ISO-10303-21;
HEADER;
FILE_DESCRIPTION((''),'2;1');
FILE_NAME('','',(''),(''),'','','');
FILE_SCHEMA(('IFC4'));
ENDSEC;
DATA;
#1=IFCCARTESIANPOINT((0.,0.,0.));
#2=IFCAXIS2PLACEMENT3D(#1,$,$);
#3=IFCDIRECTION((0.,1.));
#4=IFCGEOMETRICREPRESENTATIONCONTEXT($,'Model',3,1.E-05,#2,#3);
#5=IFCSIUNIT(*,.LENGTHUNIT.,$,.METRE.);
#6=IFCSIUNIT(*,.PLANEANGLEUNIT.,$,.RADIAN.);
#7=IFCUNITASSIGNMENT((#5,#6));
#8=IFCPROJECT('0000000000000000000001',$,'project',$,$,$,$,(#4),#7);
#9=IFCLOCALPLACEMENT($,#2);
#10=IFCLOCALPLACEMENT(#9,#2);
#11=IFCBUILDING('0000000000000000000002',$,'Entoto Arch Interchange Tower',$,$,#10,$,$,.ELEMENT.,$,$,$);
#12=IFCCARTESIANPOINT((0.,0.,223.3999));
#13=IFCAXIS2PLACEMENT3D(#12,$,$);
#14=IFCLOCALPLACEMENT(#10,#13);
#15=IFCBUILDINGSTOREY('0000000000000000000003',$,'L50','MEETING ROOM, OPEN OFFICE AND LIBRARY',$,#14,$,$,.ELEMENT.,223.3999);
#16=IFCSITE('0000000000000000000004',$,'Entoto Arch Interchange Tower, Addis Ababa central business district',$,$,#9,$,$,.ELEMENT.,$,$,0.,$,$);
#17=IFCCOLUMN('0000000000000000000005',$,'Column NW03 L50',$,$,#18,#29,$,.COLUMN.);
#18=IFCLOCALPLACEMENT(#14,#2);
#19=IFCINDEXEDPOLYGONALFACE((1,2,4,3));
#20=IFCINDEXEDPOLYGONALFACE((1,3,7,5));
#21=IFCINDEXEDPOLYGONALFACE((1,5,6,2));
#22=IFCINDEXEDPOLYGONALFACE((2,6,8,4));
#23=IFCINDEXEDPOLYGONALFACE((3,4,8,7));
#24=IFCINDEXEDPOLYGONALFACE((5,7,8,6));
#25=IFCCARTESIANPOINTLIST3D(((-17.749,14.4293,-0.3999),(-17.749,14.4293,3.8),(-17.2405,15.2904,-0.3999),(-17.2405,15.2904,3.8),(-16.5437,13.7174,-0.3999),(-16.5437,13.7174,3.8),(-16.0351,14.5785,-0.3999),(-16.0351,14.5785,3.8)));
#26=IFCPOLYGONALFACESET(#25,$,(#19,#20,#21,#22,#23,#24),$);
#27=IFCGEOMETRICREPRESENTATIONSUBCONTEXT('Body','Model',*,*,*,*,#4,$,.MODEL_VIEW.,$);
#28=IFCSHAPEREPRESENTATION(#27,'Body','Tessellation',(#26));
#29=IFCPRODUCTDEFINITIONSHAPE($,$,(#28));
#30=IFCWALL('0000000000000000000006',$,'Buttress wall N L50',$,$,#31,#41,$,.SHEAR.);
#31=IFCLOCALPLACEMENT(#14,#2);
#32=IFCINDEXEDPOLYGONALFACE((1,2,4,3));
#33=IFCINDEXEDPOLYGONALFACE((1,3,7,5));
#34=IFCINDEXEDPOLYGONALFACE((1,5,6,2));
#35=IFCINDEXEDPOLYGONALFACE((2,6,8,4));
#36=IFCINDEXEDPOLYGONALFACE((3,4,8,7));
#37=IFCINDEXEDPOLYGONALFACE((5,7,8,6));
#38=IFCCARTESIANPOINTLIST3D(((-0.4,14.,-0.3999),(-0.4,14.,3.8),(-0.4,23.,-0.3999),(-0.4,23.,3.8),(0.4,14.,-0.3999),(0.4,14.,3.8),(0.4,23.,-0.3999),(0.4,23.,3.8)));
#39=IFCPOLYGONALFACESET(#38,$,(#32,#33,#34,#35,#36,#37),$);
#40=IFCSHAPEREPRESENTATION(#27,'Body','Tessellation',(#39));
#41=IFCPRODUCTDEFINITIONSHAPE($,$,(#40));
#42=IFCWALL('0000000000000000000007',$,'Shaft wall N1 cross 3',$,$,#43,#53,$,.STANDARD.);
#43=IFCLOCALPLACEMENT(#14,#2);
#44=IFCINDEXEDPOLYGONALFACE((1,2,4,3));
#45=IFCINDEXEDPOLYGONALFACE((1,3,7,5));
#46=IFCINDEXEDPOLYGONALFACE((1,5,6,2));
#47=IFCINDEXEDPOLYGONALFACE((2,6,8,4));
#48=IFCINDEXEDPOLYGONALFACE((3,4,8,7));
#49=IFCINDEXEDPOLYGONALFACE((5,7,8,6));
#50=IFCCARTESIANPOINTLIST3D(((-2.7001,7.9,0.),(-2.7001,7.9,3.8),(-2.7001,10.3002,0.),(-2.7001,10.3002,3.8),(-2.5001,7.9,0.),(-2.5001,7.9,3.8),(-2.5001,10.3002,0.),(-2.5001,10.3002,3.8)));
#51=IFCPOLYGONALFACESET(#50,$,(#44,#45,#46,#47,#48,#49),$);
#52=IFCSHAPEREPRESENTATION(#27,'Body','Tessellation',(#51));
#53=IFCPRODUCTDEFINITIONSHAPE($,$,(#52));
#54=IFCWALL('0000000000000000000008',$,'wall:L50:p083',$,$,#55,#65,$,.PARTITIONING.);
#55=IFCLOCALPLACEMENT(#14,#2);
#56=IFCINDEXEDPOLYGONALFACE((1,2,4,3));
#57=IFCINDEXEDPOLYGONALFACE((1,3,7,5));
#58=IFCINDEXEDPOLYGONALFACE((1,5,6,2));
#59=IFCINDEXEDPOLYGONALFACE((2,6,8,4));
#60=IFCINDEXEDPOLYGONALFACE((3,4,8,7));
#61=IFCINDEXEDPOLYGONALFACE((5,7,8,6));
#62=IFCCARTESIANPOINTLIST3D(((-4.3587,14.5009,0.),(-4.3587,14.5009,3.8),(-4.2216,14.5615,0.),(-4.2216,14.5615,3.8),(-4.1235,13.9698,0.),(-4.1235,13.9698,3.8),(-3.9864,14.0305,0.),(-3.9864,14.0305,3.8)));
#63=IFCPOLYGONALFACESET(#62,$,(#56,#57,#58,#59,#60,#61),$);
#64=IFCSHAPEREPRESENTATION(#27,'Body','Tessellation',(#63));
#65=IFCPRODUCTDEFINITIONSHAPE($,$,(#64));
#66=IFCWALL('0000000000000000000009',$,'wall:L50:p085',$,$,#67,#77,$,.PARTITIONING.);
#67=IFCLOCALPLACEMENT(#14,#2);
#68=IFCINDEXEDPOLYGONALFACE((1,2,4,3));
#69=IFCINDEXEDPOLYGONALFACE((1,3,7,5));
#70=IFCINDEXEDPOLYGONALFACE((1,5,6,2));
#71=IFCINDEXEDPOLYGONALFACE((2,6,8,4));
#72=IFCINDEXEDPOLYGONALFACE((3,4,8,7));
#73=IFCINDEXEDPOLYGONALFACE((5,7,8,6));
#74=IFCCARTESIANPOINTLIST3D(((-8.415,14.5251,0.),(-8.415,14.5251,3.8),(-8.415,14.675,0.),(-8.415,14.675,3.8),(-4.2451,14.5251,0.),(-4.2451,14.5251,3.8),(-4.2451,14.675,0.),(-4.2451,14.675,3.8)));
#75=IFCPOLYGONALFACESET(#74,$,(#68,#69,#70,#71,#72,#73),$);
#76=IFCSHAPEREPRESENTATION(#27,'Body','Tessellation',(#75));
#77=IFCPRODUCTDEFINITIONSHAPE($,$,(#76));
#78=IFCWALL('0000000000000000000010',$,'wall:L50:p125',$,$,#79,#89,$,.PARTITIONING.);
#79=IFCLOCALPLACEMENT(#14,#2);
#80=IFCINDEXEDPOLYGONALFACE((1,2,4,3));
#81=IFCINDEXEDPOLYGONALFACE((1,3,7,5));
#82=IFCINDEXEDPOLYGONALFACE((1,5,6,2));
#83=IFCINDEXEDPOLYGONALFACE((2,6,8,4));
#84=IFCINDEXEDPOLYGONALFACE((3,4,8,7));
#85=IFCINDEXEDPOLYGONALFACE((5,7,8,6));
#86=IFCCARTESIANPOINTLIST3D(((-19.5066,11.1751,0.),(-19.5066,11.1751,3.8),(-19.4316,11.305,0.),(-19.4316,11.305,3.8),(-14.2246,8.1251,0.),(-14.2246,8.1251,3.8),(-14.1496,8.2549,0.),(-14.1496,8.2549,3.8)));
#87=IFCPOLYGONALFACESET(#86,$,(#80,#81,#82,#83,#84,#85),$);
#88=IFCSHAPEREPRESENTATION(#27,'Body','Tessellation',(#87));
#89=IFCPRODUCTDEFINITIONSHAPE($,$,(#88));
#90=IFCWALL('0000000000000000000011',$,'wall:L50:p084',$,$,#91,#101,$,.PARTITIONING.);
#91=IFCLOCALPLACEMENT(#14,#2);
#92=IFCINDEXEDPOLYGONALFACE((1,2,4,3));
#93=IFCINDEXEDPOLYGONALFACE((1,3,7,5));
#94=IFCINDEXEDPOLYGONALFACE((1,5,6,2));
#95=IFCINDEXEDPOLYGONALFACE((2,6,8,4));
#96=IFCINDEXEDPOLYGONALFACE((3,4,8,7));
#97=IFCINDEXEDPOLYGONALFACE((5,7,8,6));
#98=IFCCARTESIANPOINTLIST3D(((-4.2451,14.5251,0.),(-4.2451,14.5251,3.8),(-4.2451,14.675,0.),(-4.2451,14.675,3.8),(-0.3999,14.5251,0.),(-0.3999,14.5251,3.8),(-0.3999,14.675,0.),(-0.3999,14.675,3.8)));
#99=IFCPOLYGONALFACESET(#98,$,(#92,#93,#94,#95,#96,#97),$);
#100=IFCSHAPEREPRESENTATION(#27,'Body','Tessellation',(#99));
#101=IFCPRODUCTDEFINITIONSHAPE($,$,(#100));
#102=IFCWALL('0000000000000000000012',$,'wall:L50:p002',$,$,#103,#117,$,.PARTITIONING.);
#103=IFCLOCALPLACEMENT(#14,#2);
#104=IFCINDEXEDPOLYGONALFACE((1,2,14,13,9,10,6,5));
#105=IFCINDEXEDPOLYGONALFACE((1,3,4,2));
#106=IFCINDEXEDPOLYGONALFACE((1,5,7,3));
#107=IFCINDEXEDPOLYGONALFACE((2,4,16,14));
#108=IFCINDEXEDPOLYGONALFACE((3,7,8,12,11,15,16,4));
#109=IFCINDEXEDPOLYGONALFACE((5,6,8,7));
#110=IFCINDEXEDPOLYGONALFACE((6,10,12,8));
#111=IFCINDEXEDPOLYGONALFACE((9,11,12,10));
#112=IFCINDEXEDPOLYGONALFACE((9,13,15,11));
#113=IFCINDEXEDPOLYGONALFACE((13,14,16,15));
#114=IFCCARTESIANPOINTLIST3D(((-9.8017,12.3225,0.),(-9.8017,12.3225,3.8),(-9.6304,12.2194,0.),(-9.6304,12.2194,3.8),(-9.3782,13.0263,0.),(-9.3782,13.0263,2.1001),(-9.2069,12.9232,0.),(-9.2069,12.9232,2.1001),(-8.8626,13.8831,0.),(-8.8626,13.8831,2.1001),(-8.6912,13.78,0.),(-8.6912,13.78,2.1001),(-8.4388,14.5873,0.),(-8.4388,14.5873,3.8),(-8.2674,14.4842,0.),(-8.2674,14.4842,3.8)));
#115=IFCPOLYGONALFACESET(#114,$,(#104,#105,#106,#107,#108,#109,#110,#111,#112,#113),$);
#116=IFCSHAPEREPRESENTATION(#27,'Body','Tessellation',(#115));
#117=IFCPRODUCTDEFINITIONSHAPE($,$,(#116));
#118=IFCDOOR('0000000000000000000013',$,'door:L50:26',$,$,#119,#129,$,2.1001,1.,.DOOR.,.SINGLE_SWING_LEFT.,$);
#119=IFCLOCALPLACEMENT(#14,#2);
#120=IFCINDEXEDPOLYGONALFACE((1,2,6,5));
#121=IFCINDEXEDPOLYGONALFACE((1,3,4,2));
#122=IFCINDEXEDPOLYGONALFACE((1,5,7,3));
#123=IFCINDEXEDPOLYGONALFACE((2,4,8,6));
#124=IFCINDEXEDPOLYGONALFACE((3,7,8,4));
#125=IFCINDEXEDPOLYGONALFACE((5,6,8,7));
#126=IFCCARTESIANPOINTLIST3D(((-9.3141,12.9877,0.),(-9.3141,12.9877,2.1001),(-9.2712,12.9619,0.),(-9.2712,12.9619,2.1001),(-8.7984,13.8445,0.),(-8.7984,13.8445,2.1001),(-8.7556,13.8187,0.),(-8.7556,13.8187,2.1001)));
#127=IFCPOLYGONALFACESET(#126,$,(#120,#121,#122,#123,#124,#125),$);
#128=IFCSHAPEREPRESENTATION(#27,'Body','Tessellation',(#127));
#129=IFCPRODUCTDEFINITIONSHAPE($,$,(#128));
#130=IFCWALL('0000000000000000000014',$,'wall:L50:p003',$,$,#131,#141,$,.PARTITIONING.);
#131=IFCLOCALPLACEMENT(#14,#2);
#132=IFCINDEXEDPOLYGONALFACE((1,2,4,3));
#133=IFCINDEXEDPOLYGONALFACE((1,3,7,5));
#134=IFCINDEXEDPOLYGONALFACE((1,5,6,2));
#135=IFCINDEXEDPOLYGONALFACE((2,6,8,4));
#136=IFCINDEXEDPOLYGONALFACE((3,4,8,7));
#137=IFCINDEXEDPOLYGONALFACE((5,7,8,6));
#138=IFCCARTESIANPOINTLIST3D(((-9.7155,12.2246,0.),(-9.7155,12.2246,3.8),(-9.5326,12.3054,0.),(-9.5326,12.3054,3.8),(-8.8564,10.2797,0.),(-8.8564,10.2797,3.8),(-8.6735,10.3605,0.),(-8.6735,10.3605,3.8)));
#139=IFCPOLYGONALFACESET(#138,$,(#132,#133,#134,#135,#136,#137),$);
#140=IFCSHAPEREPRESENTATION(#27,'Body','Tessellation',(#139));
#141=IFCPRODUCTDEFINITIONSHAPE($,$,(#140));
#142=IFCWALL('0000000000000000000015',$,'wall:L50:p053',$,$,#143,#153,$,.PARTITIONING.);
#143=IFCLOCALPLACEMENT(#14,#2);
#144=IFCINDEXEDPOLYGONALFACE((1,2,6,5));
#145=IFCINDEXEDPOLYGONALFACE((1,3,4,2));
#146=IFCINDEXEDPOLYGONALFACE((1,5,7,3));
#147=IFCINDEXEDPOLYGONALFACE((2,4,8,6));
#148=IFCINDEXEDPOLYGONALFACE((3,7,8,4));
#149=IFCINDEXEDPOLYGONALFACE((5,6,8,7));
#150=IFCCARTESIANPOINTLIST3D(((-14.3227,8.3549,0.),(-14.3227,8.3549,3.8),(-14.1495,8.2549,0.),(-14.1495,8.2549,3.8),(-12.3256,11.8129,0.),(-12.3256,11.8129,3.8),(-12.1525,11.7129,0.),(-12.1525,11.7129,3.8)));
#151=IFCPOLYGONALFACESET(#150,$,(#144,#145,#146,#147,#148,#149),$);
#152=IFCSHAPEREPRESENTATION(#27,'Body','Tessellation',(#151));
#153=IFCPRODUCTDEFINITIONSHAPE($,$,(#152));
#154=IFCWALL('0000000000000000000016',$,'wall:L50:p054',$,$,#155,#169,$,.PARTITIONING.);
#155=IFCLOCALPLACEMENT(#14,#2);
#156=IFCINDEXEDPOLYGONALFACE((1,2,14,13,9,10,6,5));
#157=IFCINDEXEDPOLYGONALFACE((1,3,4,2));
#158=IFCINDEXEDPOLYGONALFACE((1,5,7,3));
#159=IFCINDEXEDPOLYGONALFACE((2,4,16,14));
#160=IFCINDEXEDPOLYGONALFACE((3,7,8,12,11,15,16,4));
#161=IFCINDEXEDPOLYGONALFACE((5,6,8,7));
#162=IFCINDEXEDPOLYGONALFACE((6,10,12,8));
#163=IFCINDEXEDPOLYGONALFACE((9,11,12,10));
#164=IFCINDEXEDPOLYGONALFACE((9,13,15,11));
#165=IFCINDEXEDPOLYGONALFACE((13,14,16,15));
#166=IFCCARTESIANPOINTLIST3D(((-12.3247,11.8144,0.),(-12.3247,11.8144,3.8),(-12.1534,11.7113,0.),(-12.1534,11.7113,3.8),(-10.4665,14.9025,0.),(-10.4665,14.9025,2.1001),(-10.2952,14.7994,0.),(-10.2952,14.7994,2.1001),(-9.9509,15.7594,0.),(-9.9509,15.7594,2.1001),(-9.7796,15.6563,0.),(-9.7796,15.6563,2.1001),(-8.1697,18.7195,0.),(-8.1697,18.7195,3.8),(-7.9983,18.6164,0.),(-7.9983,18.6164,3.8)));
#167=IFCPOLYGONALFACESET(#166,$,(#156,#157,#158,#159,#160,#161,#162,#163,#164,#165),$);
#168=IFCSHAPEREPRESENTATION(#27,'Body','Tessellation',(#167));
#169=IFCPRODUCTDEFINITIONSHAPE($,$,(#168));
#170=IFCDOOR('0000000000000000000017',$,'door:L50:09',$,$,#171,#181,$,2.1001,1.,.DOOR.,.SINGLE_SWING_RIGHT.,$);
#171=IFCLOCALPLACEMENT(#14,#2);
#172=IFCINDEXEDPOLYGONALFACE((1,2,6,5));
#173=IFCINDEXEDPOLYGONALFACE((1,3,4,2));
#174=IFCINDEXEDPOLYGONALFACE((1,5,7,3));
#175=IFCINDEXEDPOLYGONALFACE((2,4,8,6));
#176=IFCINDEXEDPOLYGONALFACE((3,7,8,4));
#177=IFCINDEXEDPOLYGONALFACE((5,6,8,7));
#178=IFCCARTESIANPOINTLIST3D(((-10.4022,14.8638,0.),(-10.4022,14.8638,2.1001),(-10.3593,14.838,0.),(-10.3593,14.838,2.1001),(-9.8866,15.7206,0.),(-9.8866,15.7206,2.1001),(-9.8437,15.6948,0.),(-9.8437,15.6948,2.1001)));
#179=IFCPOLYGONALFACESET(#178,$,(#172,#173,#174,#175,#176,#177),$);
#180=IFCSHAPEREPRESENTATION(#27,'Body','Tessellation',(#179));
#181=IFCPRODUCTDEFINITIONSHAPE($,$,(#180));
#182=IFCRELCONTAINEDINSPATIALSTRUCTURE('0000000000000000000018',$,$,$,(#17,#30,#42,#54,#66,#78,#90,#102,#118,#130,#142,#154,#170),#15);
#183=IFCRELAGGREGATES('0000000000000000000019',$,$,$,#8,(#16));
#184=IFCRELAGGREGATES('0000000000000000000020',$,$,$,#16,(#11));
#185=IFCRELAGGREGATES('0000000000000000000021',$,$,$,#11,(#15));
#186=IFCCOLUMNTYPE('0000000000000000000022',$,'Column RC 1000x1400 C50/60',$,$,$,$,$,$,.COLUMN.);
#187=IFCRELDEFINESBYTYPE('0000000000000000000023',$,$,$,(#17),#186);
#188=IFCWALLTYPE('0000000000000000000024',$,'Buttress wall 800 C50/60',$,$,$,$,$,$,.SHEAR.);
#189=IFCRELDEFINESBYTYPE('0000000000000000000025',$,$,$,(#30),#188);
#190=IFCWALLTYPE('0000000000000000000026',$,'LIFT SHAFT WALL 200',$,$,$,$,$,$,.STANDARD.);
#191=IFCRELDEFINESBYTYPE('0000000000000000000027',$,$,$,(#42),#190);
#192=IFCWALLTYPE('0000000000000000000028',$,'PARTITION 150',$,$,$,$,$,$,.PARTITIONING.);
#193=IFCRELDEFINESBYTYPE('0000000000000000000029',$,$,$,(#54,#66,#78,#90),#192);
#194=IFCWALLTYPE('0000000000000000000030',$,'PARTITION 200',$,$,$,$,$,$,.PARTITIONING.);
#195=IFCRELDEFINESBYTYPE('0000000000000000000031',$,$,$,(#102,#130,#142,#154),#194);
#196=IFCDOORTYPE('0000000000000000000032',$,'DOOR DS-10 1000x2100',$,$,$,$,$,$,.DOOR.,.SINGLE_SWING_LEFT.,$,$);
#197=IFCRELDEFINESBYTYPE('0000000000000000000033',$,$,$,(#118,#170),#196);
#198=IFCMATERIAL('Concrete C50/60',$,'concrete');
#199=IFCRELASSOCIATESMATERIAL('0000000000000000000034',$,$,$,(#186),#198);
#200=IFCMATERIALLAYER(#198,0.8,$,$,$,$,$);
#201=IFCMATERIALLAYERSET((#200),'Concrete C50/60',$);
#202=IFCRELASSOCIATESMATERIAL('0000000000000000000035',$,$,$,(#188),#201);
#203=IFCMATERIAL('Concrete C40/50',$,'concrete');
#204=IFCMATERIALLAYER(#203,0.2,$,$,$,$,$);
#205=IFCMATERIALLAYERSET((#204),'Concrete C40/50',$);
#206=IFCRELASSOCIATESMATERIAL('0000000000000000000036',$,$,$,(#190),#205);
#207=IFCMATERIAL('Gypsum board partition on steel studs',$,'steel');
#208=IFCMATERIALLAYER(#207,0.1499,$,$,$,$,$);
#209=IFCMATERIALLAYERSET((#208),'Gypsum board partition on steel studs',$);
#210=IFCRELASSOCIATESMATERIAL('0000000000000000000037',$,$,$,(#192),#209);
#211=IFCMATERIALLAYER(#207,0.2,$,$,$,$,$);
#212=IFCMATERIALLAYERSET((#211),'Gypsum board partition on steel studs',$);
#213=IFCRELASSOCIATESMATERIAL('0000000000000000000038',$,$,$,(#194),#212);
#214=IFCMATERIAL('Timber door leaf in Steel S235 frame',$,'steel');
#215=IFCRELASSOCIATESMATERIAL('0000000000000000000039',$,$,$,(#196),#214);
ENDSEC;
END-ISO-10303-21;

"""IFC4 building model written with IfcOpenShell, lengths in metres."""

from ifc_helpers import new_model, si_unit, direction, frame, frame_2d, origin, origin_2d, place, context, subcontext, project, spatial, rectangle, extrude, material, layer, layer_set, material_profile, profile_set, type_object, element, fill, save


model = new_model("IFC4")

# Units and contexts
model_context = context("Model", 3, precision=1e-05, world=origin(), true_north=direction((0.0, 1.0)))
body_context = subcontext(model_context, "Body", "Model", "MODEL_VIEW")
ifc_project = project(units=[si_unit("LENGTHUNIT", "METRE"), si_unit("PLANEANGLEUNIT", "RADIAN")], contexts=[model_context])

# Site, building, storey
site_placement = place(None, origin())
site = spatial("IfcSite", under=ifc_project, at=site_placement, Name="Entoto Arch Interchange Tower, Addis Ababa central business district", CompositionType="ELEMENT", RefElevation=0.0)
building_placement = place(site_placement, origin())
building = spatial("IfcBuilding", under=site, at=building_placement, Name="Entoto Arch Interchange Tower", CompositionType="ELEMENT")
storey_placement = place(building_placement, frame((0.0, 0.0, 223.3999)))
storey = spatial("IfcBuildingStorey", under=building, at=storey_placement, Name="L50", Description="MEETING ROOM, OPEN OFFICE AND LIBRARY", CompositionType="ELEMENT", Elevation=223.3999)

# Column
ifc_material_1 = material(Name="Concrete C50/60", Category="concrete")
ifc_material_profile = material_profile(ifc_material_1, rectangle(XDim=1.0, YDim=1.3999, at=origin_2d()))
ifc_profile_set = profile_set([ifc_material_profile], Name="Concrete C50/60")
column_type = type_object("IfcColumnType", Name="Column RC 1000x1400 C50/60", PredefinedType="COLUMN", material=ifc_profile_set)
column_placement = place(storey_placement, frame((-16.8921, 14.5039, -0.3999), z_axis=(0.0, 0.0, 1.0), x_axis=(0.508516, 0.861053, 0.0)))
element("IfcColumn", 1, at=column_placement, inside=storey, type_object=column_type, Name="Column NW03 L50", PredefinedType="COLUMN", context=body_context, shape_type="SweptSolid", body=[
    extrude(rectangle(XDim=1.0, YDim=1.3999, at=origin_2d()), origin(), (0.0, 0.0, 1.0), 4.2),
])

# Walls
ifc_layer_1 = layer(ifc_material_1, 0.8)
ifc_layer_set_1 = layer_set([ifc_layer_1], Name="Concrete C50/60")
wall_type_1 = type_object("IfcWallType", Name="Buttress wall 800 C50/60", PredefinedType="SHEAR", material=ifc_layer_set_1)
wall_1_placement = place(storey_placement, frame((0.0, 14.0, -0.3999), z_axis=(0.0, 0.0, 1.0), x_axis=(0.0, 1.0, 0.0)))
element("IfcWall", 2, at=wall_1_placement, inside=storey, type_object=wall_type_1, Name="Buttress wall N L50", PredefinedType="SHEAR", context=body_context, shape_type="SweptSolid", body=[
    extrude(rectangle(XDim=9.0, YDim=0.8, at=frame_2d((4.5, 0.0))), origin(), (0.0, 0.0, 1.0), 4.2),
])
ifc_material_2 = material(Name="Concrete C40/50", Category="concrete")
ifc_layer_2 = layer(ifc_material_2, 0.2)
ifc_layer_set_2 = layer_set([ifc_layer_2], Name="Concrete C40/50")
wall_type_2 = type_object("IfcWallType", Name="LIFT SHAFT WALL 200", PredefinedType="STANDARD", material=ifc_layer_set_2)
wall_2_placement = place(storey_placement, frame((-2.6001, 7.8999, 0.0), z_axis=(0.0, 0.0, 1.0), x_axis=(0.0, 1.0, 0.0)))
element("IfcWall", 3, at=wall_2_placement, inside=storey, type_object=wall_type_2, Name="Shaft wall N1 cross 3", PredefinedType="STANDARD", context=body_context, shape_type="SweptSolid", body=[
    extrude(rectangle(XDim=2.4001, YDim=0.2, at=frame_2d((1.2002, 0.0))), origin(), (0.0, 0.0, 1.0), 3.8),
])
ifc_material_3 = material(Name="Gypsum board partition on steel studs", Category="steel")
ifc_layer_3 = layer(ifc_material_3, 0.1499)
ifc_layer_set_3 = layer_set([ifc_layer_3], Name="Gypsum board partition on steel studs")
wall_type_3 = type_object("IfcWallType", Name="PARTITION 150", PredefinedType="PARTITIONING", material=ifc_layer_set_3)
wall_3_placement = place(storey_placement, frame((-4.0549, 14.0, 0.0), z_axis=(0.0, 0.0, 1.0), x_axis=(-0.404851, 0.914383, 0.0)))
element("IfcWall", 4, at=wall_3_placement, inside=storey, type_object=wall_type_3, Name="wall:L50:p083", PredefinedType="PARTITIONING", context=body_context, shape_type="SweptSolid", body=[
    extrude(rectangle(XDim=0.5808, YDim=0.1499, at=frame_2d((0.2905, 0.0))), origin(), (0.0, 0.0, 1.0), 3.8),
])
wall_4_placement = place(storey_placement, frame((-4.2451, 14.6001, 0.0), z_axis=(0.0, 0.0, 1.0), x_axis=(-1.0, 0.0, 0.0)))
element("IfcWall", 5, at=wall_4_placement, inside=storey, type_object=wall_type_3, Name="wall:L50:p085", PredefinedType="PARTITIONING", context=body_context, shape_type="SweptSolid", body=[
    extrude(rectangle(XDim=4.1699, YDim=0.1499, at=frame_2d((2.085, 0.0))), origin(), (0.0, 0.0, 1.0), 3.8),
])
wall_5_placement = place(storey_placement, frame((-14.187, 8.1899, 0.0), z_axis=(0.0, 0.0, 1.0), x_axis=(-0.86599, 0.500061, 0.0)))
element("IfcWall", 6, at=wall_5_placement, inside=storey, type_object=wall_type_3, Name="wall:L50:p125", PredefinedType="PARTITIONING", context=body_context, shape_type="SweptSolid", body=[
    extrude(rectangle(XDim=6.0994, YDim=0.1499, at=frame_2d((3.0498, 0.0))), origin(), (0.0, 0.0, 1.0), 3.8),
])
wall_6_placement = place(storey_placement, frame((-0.3999, 14.6001, 0.0), z_axis=(0.0, 0.0, 1.0), x_axis=(-1.0, 0.0, 0.0)))
element("IfcWall", 7, at=wall_6_placement, inside=storey, type_object=wall_type_3, Name="wall:L50:p084", PredefinedType="PARTITIONING", context=body_context, shape_type="SweptSolid", body=[
    extrude(rectangle(XDim=3.8452, YDim=0.1499, at=frame_2d((1.9226, 0.0))), origin(), (0.0, 0.0, 1.0), 3.8),
])

# Wall, opening, door
ifc_layer_4 = layer(ifc_material_3, 0.2)
ifc_layer_set_4 = layer_set([ifc_layer_4], Name="Gypsum board partition on steel studs")
wall_type_4 = type_object("IfcWallType", Name="PARTITION 200", PredefinedType="PARTITIONING", material=ifc_layer_set_4)
wall_7_placement = place(storey_placement, frame((-8.353, 14.5359, 0.0), z_axis=(0.0, 0.0, 1.0), x_axis=(-0.515636, -0.856808, 0.0)))
wall_7 = element("IfcWall", 8, at=wall_7_placement, inside=storey, type_object=wall_type_4, Name="wall:L50:p002", PredefinedType="PARTITIONING", context=body_context, shape_type="SweptSolid", body=[
    extrude(rectangle(XDim=2.6433, YDim=0.2, at=frame_2d((1.3218, 0.0))), origin(), (0.0, 0.0, 1.0), 3.8),
])
opening_1_placement = place(wall_7_placement, frame((0.822, 0.0, 0.0)))
opening_1 = element("IfcOpeningElement", 9, at=opening_1_placement, cuts=wall_7, PredefinedType="OPENING", context=body_context, shape_type="SweptSolid", body=[
    extrude(rectangle(XDim=1.0, YDim=2.1001, at=frame_2d((0.5, 1.05))), frame((0.0, 0.1099, 0.0), z_axis=(0.0, -1.0, 0.0), x_axis=(1.0, 0.0, 0.0)), (0.0, 0.0, 1.0), 0.22),
])
ifc_material_4 = material(Name="Timber door leaf in Steel S235 frame", Category="steel")
door_type_1 = type_object("IfcDoorType", Name="DOOR DS-10 1000x2100", OperationType="SINGLE_SWING_LEFT", PredefinedType="DOOR", material=ifc_material_4)
door_1_placement = place(opening_1_placement, origin())
door_1 = element("IfcDoor", 10, at=door_1_placement, inside=storey, type_object=door_type_1, Name="door:L50:26", OperationType="SINGLE_SWING_LEFT", OverallHeight=2.1001, OverallWidth=1.0, PredefinedType="DOOR", context=body_context, shape_type="SweptSolid", body=[
    extrude(rectangle(XDim=1.0, YDim=2.1001, at=frame_2d((0.5, 1.05))), frame((0.0, 0.0249, 0.0), z_axis=(0.0, -1.0, 0.0), x_axis=(1.0, 0.0, 0.0)), (0.0, 0.0, 1.0), 0.05),
])
fill(opening_1, door_1)

# Walls
wall_8_placement = place(storey_placement, frame((-9.624, 12.2649, 0.0), z_axis=(0.0, 0.0, 1.0), x_axis=(0.404081, -0.914723, 0.0)))
element("IfcWall", 11, at=wall_8_placement, inside=storey, type_object=wall_type_4, Name="wall:L50:p003", PredefinedType="PARTITIONING", context=body_context, shape_type="SweptSolid", body=[
    extrude(rectangle(XDim=2.1262, YDim=0.2, at=frame_2d((1.063, 0.0))), origin(), (0.0, 0.0, 1.0), 3.8),
])
wall_9_placement = place(storey_placement, frame((-14.2361, 8.3049, 0.0), z_axis=(0.0, 0.0, 1.0), x_axis=(0.500111, 0.865962, 0.0)))
element("IfcWall", 12, at=wall_9_placement, inside=storey, type_object=wall_type_4, Name="wall:L50:p053", PredefinedType="PARTITIONING", context=body_context, shape_type="SweptSolid", body=[
    extrude(rectangle(XDim=3.9932, YDim=0.2, at=frame_2d((1.9966, 0.0))), origin(), (0.0, 0.0, 1.0), 3.8),
])

# Wall, opening, door
wall_10_placement = place(storey_placement, frame((-12.239, 11.7629, 0.0), z_axis=(0.0, 0.0, 1.0), x_axis=(0.515591, 0.856835, 0.0)))
wall_10 = element("IfcWall", 13, at=wall_10_placement, inside=storey, type_object=wall_type_4, Name="wall:L50:p054", PredefinedType="PARTITIONING", context=body_context, shape_type="SweptSolid", body=[
    extrude(rectangle(XDim=8.0588, YDim=0.2, at=frame_2d((4.0293, 0.0))), origin(), (0.0, 0.0, 1.0), 3.8),
])
opening_2_placement = place(wall_10_placement, frame((3.604, 0.0, 0.0)))
opening_2 = element("IfcOpeningElement", 14, at=opening_2_placement, cuts=wall_10, PredefinedType="OPENING", context=body_context, shape_type="SweptSolid", body=[
    extrude(rectangle(XDim=1.0, YDim=2.1001, at=frame_2d((0.5, 1.05))), frame((0.0, 0.1099, 0.0), z_axis=(0.0, -1.0, 0.0), x_axis=(1.0, 0.0, 0.0)), (0.0, 0.0, 1.0), 0.22),
])
door_2_placement = place(opening_2_placement, origin())
door_2 = element("IfcDoor", 15, at=door_2_placement, inside=storey, type_object=door_type_1, Name="door:L50:09", OperationType="SINGLE_SWING_RIGHT", OverallHeight=2.1001, OverallWidth=1.0, PredefinedType="DOOR", context=body_context, shape_type="SweptSolid", body=[
    extrude(rectangle(XDim=1.0, YDim=2.1001, at=frame_2d((0.5, 1.05))), frame((0.0, 0.0249, 0.0), z_axis=(0.0, -1.0, 0.0), x_axis=(1.0, 0.0, 0.0)), (0.0, 0.0, 1.0), 0.05),
])
fill(opening_2, door_2)

save(model, "model.ifc")
